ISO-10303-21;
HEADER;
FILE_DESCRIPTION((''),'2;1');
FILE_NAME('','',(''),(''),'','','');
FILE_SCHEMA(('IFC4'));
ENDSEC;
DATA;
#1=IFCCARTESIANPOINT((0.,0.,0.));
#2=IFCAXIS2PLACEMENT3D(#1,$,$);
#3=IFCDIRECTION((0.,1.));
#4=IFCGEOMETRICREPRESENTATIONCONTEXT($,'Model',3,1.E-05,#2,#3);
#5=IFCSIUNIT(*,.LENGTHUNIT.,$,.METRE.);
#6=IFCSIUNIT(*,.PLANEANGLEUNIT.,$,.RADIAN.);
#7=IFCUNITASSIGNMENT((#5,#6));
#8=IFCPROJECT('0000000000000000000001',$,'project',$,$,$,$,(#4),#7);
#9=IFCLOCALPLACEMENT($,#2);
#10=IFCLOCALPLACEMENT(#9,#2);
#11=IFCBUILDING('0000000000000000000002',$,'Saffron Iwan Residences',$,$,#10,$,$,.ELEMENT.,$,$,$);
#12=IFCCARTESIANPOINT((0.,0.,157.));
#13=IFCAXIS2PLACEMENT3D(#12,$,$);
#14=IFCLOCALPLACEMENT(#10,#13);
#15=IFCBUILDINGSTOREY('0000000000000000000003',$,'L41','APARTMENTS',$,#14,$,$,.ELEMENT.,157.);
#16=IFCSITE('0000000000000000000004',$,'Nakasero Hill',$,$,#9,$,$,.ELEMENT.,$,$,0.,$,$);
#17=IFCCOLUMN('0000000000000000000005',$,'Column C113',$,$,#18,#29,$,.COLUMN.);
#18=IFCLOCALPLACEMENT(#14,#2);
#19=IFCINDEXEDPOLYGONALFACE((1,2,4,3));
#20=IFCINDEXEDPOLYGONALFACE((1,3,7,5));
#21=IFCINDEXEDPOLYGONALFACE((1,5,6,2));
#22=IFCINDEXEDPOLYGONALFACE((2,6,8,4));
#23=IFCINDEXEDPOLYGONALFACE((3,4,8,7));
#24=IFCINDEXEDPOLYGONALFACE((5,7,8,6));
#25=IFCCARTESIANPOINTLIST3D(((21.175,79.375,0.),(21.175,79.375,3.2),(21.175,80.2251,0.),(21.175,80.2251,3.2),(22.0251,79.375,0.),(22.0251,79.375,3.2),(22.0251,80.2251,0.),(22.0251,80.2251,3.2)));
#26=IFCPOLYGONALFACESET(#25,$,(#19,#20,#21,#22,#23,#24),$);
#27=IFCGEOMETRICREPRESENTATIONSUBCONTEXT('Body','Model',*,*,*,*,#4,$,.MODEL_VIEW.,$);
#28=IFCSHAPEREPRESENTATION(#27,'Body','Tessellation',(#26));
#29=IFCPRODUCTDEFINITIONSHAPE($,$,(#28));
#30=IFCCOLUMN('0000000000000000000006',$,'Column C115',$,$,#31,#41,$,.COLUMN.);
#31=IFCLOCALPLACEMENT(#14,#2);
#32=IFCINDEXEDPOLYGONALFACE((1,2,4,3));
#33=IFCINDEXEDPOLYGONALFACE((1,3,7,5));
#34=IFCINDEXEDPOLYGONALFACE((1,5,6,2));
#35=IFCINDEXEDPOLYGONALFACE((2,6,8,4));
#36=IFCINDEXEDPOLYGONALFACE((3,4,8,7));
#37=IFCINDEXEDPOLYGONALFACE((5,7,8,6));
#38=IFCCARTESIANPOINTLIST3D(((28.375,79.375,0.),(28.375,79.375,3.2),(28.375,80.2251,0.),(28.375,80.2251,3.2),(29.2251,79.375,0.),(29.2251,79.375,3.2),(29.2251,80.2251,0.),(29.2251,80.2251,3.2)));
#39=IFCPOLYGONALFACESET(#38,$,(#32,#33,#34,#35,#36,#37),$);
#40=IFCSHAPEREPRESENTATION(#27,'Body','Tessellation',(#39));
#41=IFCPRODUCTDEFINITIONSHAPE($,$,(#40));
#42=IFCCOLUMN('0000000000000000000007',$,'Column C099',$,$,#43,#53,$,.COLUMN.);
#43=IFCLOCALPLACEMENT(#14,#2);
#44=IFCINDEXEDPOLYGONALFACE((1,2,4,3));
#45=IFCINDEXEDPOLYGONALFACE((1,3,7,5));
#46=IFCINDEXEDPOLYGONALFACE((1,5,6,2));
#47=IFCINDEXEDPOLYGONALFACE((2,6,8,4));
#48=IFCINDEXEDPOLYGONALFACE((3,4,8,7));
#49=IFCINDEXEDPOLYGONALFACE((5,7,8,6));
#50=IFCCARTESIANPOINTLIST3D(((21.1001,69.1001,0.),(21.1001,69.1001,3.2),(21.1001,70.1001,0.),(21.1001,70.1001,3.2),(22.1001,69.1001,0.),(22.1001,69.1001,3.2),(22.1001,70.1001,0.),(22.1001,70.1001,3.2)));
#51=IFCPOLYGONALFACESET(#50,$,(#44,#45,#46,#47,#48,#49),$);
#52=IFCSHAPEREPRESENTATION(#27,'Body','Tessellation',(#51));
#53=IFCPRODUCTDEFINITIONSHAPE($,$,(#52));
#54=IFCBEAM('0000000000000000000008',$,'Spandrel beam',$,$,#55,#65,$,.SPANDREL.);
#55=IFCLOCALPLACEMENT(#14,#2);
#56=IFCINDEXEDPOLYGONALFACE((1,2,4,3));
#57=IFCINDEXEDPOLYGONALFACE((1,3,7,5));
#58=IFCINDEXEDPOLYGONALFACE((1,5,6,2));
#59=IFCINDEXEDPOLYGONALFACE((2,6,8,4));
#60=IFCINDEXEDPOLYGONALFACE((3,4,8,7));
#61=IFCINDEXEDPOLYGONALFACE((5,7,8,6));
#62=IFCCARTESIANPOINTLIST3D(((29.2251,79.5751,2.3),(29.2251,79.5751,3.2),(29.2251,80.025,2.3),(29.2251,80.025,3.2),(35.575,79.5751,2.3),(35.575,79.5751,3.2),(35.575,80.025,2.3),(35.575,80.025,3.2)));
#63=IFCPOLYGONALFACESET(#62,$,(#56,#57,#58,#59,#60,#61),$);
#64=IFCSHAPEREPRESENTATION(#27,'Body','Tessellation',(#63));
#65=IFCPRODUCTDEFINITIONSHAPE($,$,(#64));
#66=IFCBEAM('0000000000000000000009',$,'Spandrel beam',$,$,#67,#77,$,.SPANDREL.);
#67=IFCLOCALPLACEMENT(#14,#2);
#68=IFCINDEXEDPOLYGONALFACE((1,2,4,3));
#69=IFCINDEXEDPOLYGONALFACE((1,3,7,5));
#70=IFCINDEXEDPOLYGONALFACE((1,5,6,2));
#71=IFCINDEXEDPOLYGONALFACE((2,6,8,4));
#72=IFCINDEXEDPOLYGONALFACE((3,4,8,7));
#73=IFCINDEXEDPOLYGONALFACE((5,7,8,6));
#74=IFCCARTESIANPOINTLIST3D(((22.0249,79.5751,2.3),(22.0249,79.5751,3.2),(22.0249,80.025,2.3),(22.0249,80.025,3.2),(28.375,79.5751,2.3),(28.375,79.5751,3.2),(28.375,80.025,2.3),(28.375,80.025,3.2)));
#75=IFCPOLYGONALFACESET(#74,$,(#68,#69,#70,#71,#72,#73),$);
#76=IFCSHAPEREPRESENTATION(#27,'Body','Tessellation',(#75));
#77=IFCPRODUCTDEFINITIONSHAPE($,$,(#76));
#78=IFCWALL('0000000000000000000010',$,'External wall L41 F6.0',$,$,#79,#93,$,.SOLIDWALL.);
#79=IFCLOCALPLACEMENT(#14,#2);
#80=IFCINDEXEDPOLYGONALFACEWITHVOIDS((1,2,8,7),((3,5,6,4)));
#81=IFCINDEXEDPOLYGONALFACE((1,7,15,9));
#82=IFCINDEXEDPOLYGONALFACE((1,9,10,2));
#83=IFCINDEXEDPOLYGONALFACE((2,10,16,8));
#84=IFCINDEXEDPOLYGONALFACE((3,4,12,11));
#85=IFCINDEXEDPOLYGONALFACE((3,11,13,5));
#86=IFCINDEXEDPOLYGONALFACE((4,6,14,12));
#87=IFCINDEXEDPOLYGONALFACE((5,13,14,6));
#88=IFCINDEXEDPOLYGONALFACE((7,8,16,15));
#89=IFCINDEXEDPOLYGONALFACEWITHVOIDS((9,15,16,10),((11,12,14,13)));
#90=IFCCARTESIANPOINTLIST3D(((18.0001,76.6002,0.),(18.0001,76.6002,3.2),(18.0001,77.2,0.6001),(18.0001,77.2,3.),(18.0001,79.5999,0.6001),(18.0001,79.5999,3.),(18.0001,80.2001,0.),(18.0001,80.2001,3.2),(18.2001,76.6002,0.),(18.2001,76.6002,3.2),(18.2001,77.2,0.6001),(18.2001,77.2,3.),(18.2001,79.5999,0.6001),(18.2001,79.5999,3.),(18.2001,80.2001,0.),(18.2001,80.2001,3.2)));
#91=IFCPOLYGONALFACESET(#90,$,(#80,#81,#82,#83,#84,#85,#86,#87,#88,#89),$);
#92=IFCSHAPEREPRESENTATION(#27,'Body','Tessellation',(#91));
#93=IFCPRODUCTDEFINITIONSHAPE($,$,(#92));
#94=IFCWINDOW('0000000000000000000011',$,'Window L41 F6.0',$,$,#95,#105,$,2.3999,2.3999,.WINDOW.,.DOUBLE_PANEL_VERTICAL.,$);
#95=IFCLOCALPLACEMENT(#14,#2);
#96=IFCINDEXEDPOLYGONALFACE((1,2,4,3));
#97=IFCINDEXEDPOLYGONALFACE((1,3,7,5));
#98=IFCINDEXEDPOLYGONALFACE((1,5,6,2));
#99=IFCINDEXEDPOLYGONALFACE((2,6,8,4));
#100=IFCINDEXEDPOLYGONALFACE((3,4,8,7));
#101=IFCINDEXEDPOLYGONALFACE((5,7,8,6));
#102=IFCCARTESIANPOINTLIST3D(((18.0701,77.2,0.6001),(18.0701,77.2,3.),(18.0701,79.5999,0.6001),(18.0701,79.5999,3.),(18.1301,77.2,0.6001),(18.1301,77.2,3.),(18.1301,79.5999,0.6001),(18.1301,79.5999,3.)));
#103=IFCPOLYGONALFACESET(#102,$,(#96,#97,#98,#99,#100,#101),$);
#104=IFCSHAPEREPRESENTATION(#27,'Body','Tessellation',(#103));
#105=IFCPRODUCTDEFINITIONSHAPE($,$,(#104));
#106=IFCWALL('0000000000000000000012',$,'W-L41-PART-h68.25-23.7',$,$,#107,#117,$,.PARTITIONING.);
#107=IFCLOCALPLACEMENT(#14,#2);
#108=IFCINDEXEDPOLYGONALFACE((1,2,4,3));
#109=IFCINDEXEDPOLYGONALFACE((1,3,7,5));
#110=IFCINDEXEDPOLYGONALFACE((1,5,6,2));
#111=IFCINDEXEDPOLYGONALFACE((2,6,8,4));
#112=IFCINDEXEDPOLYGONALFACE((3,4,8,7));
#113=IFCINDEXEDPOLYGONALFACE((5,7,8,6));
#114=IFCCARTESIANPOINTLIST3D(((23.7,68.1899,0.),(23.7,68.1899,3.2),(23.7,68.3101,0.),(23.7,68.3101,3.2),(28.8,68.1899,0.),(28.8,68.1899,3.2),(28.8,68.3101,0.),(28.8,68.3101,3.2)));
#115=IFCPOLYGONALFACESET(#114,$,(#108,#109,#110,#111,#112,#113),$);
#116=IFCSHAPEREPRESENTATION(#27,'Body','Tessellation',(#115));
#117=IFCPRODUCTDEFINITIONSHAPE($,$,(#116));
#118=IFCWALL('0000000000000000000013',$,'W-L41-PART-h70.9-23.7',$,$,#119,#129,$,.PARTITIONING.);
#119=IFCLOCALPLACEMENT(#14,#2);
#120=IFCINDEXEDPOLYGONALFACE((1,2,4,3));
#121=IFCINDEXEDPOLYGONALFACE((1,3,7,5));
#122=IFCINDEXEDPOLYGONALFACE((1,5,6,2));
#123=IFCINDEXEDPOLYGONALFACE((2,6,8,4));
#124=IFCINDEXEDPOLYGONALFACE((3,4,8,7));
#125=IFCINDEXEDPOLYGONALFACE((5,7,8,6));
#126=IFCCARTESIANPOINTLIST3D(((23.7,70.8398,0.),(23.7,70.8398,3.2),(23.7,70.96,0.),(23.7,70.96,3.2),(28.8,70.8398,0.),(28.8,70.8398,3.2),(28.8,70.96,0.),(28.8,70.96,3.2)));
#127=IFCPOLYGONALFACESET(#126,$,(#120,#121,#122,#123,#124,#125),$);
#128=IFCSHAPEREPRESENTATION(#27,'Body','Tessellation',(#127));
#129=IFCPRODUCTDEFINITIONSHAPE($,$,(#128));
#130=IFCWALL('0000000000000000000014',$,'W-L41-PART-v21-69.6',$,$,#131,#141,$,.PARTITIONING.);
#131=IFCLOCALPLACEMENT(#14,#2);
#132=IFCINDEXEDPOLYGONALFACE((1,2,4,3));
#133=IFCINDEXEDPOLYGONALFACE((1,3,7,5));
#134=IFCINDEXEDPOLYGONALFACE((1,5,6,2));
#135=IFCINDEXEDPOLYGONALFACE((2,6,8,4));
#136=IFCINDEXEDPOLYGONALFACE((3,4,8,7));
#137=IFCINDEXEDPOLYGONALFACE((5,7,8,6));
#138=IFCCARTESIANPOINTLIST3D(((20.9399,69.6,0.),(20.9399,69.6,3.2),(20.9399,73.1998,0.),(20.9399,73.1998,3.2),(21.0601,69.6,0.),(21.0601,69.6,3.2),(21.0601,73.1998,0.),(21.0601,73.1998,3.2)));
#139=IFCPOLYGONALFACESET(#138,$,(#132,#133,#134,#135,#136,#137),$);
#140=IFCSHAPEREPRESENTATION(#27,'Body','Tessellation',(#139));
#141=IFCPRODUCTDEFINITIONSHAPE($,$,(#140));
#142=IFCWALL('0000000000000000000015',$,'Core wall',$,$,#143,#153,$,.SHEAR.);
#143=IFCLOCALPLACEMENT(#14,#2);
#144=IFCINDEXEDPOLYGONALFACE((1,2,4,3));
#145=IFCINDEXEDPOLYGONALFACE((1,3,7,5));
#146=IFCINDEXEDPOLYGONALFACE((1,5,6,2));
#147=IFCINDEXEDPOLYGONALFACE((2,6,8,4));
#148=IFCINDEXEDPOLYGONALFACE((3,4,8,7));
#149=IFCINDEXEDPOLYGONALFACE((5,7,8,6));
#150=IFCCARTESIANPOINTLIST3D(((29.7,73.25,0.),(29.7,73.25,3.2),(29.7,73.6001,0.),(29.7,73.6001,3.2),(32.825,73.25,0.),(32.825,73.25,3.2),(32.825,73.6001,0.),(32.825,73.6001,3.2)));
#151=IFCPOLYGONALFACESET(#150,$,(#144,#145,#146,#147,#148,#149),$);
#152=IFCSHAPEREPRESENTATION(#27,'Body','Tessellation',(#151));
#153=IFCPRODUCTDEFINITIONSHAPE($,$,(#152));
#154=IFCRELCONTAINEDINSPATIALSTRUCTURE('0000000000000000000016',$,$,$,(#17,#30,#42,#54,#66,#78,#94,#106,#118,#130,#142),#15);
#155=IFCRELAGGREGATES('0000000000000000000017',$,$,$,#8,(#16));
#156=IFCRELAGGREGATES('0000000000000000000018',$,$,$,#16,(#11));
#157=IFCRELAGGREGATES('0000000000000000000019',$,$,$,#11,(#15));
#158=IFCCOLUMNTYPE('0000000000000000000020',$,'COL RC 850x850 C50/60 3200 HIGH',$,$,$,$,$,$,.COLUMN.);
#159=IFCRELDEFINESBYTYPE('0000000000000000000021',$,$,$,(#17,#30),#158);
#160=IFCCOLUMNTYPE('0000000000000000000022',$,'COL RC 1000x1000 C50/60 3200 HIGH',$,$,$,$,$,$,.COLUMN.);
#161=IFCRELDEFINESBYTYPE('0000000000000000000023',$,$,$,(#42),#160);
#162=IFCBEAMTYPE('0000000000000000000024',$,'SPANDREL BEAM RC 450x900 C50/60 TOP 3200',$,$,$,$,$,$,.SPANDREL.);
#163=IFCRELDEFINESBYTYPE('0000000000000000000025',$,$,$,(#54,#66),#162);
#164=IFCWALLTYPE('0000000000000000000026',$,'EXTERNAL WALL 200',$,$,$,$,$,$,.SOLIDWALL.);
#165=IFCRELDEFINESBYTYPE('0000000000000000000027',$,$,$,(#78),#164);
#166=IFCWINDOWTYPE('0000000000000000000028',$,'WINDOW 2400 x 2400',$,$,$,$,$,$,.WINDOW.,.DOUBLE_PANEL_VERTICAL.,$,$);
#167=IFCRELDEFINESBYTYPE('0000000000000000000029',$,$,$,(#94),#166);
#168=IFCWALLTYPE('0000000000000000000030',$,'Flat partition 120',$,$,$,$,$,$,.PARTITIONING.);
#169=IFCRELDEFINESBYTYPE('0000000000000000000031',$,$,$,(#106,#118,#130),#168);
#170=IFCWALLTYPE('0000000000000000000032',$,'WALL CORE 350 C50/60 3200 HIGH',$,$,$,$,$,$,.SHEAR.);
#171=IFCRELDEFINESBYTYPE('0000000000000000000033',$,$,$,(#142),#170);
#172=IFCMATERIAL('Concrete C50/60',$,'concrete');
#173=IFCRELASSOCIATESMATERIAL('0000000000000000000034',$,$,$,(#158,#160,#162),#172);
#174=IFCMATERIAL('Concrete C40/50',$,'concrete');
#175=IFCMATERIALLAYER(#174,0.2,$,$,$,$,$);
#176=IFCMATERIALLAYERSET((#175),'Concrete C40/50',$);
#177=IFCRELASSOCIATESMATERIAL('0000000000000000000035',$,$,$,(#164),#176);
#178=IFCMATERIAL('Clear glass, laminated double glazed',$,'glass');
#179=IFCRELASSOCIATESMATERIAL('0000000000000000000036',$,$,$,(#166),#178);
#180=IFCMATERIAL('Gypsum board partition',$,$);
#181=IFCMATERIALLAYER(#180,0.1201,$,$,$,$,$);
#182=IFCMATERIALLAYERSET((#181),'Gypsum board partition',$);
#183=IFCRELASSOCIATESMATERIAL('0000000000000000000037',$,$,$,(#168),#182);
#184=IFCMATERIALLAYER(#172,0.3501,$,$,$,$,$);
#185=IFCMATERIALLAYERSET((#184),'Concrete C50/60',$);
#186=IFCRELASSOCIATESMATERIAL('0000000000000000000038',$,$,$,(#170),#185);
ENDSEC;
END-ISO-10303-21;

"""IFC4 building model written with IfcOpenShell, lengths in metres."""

from ifc_helpers import new_model, si_unit, direction, frame, frame_2d, origin, origin_2d, place, context, subcontext, project, spatial, rectangle, extrude, source, transform, mapped, material, layer, layer_set, material_profile, profile_set, type_object, element, fill, save


model = new_model("IFC4")

# Units and contexts
model_context = context("Model", 3, precision=1e-05, world=origin(), true_north=direction((0.0, 1.0)))
body_context = subcontext(model_context, "Body", "Model", "MODEL_VIEW")
ifc_project = project(units=[si_unit("LENGTHUNIT", "METRE"), si_unit("PLANEANGLEUNIT", "RADIAN")], contexts=[model_context])

# Site, building, storey
site_placement = place(None, origin())
site = spatial("IfcSite", under=ifc_project, at=site_placement, Name="Nakasero Hill", CompositionType="ELEMENT", RefElevation=0.0)
building_placement = place(site_placement, origin())
building = spatial("IfcBuilding", under=site, at=building_placement, Name="Saffron Iwan Residences", CompositionType="ELEMENT")
storey_placement = place(building_placement, frame((0.0, 0.0, 157.0)))
storey = spatial("IfcBuildingStorey", under=building, at=storey_placement, Name="L41", Description="APARTMENTS", CompositionType="ELEMENT", Elevation=157.0)

# Columns
ifc_material_1 = material(Name="Concrete C50/60", Category="concrete")
ifc_material_profile_1 = material_profile(ifc_material_1, rectangle(XDim=0.8501, YDim=0.8501, at=origin_2d()), Name="RC 850x850")
ifc_profile_set_1 = profile_set([ifc_material_profile_1], Name="Concrete C50/60")
column_type_1 = type_object("IfcColumnType", Name="COL RC 850x850 C50/60 3200 HIGH", PredefinedType="COLUMN", material=ifc_profile_set_1)
shared_shape_1 = source(origin(), body_context, "Body", "SweptSolid", [
    extrude(rectangle(XDim=0.8501, YDim=0.8501, at=origin_2d()), origin(), (0.0, 0.0, 1.0), 3.2),
])
for number, where, z_axis, x_axis, name in (
    (1, (21.6001, 79.8, 0.0), (0.0, 0.0, 1.0), (1.0, 0.0, 0.0), "Column C113"),
    (2, (28.8, 79.8, 0.0), (0.0, 0.0, 1.0), (1.0, 0.0, 0.0), "Column C115"),
):
    element("IfcColumn", number, at=place(storey_placement, frame(where, z_axis=z_axis, x_axis=x_axis)), inside=storey, type_object=column_type_1, Name=name, PredefinedType="COLUMN", context=body_context, shape_type="MappedRepresentation", body=[
        mapped(shared_shape_1, transform((0.0, 0.0, 0.0))),
    ])
ifc_material_profile_2 = material_profile(ifc_material_1, rectangle(XDim=1.0, YDim=1.0, at=origin_2d()), Name="RC 1000x1000")
ifc_profile_set_2 = profile_set([ifc_material_profile_2], Name="Concrete C50/60")
column_type_2 = type_object("IfcColumnType", Name="COL RC 1000x1000 C50/60 3200 HIGH", PredefinedType="COLUMN", material=ifc_profile_set_2)
shared_shape_2 = source(origin(), body_context, "Body", "SweptSolid", [
    extrude(rectangle(XDim=1.0, YDim=1.0, at=origin_2d()), origin(), (0.0, 0.0, 1.0), 3.2),
])
column_placement = place(storey_placement, frame((21.6001, 69.6001, 0.0), z_axis=(0.0, 0.0, 1.0), x_axis=(1.0, 0.0, 0.0)))
element("IfcColumn", 3, at=column_placement, inside=storey, type_object=column_type_2, Name="Column C099", PredefinedType="COLUMN", context=body_context, shape_type="MappedRepresentation", body=[
    mapped(shared_shape_2, transform((0.0, 0.0, 0.0))),
])

# Beams
ifc_material_profile_3 = material_profile(ifc_material_1, rectangle(XDim=0.45, YDim=0.8999, at=origin_2d()), Name="RC 450x900")
ifc_profile_set_3 = profile_set([ifc_material_profile_3], Name="Concrete C50/60")
beam_type = type_object("IfcBeamType", Name="SPANDREL BEAM RC 450x900 C50/60 TOP 3200", PredefinedType="SPANDREL", material=ifc_profile_set_3)
shared_shape_3 = source(origin(), body_context, "Body", "SweptSolid", [
    extrude(rectangle(XDim=0.45, YDim=0.8999, at=origin_2d()), origin(), (0.0, 0.0, 1.0), 6.3499),
])
beam_1_placement = place(storey_placement, frame((29.2251, 79.8, 2.75), z_axis=(1.0, 0.0, 0.0), x_axis=(0.0, 1.0, 0.0)))
element("IfcBeam", 4, at=beam_1_placement, inside=storey, type_object=beam_type, Name="Spandrel beam", PredefinedType="SPANDREL", context=body_context, shape_type="MappedRepresentation", body=[
    mapped(shared_shape_3, transform((0.0, 0.0, 0.0))),
])
shared_shape_4 = source(origin(), body_context, "Body", "SweptSolid", [
    extrude(rectangle(XDim=0.45, YDim=0.8999, at=origin_2d()), origin(), (0.0, 0.0, 1.0), 6.3501),
])
beam_2_placement = place(storey_placement, frame((22.0249, 79.8, 2.75), z_axis=(1.0, 0.0, 0.0), x_axis=(0.0, 1.0, 0.0)))
element("IfcBeam", 5, at=beam_2_placement, inside=storey, type_object=beam_type, Name="Spandrel beam", PredefinedType="SPANDREL", context=body_context, shape_type="MappedRepresentation", body=[
    mapped(shared_shape_4, transform((0.0, 0.0, 0.0))),
])

# Wall, opening, window
ifc_material_2 = material(Name="Concrete C40/50", Category="concrete")
ifc_layer_1 = layer(ifc_material_2, 0.2)
ifc_layer_set_1 = layer_set([ifc_layer_1], Name="Concrete C40/50")
wall_type_1 = type_object("IfcWallType", Name="EXTERNAL WALL 200", PredefinedType="SOLIDWALL", material=ifc_layer_set_1)
wall_1_placement = place(storey_placement, frame((18.1001, 80.2, 0.0), z_axis=(0.0, 0.0, 1.0), x_axis=(0.0, -1.0, 0.0)))
wall_1 = element("IfcWall", 6, at=wall_1_placement, inside=storey, type_object=wall_type_1, Name="External wall L41 F6.0", PredefinedType="SOLIDWALL", context=body_context, shape_type="SweptSolid", body=[
    extrude(rectangle(XDim=3.5999, YDim=0.2, at=frame_2d((1.7998, 0.0))), origin(), (0.0, 0.0, 1.0), 3.2),
])
opening_placement = place(wall_1_placement, frame((0.6001, 0.0, 0.6001)))
opening = element("IfcOpeningElement", 7, at=opening_placement, cuts=wall_1, PredefinedType="OPENING", context=body_context, shape_type="SweptSolid", body=[
    extrude(rectangle(XDim=2.3999, YDim=2.3999, at=frame_2d((1.2, 1.2))), frame((0.0, 0.1099, 0.0), z_axis=(0.0, -1.0, 0.0), x_axis=(1.0, 0.0, 0.0)), (0.0, 0.0, 1.0), 0.22),
])
ifc_material_3 = material(Name="Clear glass, laminated double glazed", Category="glass")
window_type = type_object("IfcWindowType", Name="WINDOW 2400 x 2400", PartitioningType="DOUBLE_PANEL_VERTICAL", PredefinedType="WINDOW", material=ifc_material_3)
window_placement = place(opening_placement, origin())
window = element("IfcWindow", 8, at=window_placement, inside=storey, type_object=window_type, Name="Window L41 F6.0", OverallHeight=2.3999, OverallWidth=2.3999, PartitioningType="DOUBLE_PANEL_VERTICAL", PredefinedType="WINDOW", context=body_context, shape_type="SweptSolid", body=[
    extrude(rectangle(XDim=2.3999, YDim=2.3999, at=frame_2d((1.2, 1.2))), frame((0.0, 0.03, 0.0), z_axis=(0.0, -1.0, 0.0), x_axis=(1.0, 0.0, 0.0)), (0.0, 0.0, 1.0), 0.0601),
])
fill(opening, window)

# Walls
ifc_material_4 = material(Name="Gypsum board partition")
ifc_layer_2 = layer(ifc_material_4, 0.1201)
ifc_layer_set_2 = layer_set([ifc_layer_2], Name="Gypsum board partition")
wall_type_2 = type_object("IfcWallType", Name="Flat partition 120", PredefinedType="PARTITIONING", material=ifc_layer_set_2)
for number, where, z_axis, x_axis, name in (
    (9, (23.7, 68.25, 0.0), (0.0, 0.0, 1.0), (1.0, 0.0, 0.0), "W-L41-PART-h68.25-23.7"),
    (10, (23.7, 70.8999, 0.0), (0.0, 0.0, 1.0), (1.0, 0.0, 0.0), "W-L41-PART-h70.9-23.7"),
):
    element("IfcWall", number, at=place(storey_placement, frame(where, z_axis=z_axis, x_axis=x_axis)), inside=storey, type_object=wall_type_2, Name=name, PredefinedType="PARTITIONING", context=body_context, shape_type="SweptSolid", body=[
        extrude(rectangle(XDim=5.1001, YDim=0.1201, at=frame_2d((2.55, 0.0))), origin(), (0.0, 0.0, 1.0), 3.2),
    ])
wall_2_placement = place(storey_placement, frame((21.0, 69.6001, 0.0), z_axis=(0.0, 0.0, 1.0), x_axis=(0.0, 1.0, 0.0)))
element("IfcWall", 11, at=wall_2_placement, inside=storey, type_object=wall_type_2, Name="W-L41-PART-v21-69.6", PredefinedType="PARTITIONING", context=body_context, shape_type="SweptSolid", body=[
    extrude(rectangle(XDim=3.5999, YDim=0.1201, at=frame_2d((1.7998, 0.0))), origin(), (0.0, 0.0, 1.0), 3.2),
])
ifc_layer_3 = layer(ifc_material_1, 0.3501)
ifc_layer_set_3 = layer_set([ifc_layer_3], Name="Concrete C50/60")
wall_type_3 = type_object("IfcWallType", Name="WALL CORE 350 C50/60 3200 HIGH", PredefinedType="SHEAR", material=ifc_layer_set_3)
wall_3_placement = place(storey_placement, frame((29.7, 73.425, 0.0), z_axis=(0.0, 0.0, 1.0), x_axis=(1.0, 0.0, 0.0)))
element("IfcWall", 12, at=wall_3_placement, inside=storey, type_object=wall_type_3, Name="Core wall", PredefinedType="SHEAR", context=body_context, shape_type="SweptSolid", body=[
    extrude(rectangle(XDim=3.125, YDim=0.3501, at=frame_2d((1.5625, 0.0))), origin(), (0.0, 0.0, 1.0), 3.2),
])

save(model, "model.ifc")
